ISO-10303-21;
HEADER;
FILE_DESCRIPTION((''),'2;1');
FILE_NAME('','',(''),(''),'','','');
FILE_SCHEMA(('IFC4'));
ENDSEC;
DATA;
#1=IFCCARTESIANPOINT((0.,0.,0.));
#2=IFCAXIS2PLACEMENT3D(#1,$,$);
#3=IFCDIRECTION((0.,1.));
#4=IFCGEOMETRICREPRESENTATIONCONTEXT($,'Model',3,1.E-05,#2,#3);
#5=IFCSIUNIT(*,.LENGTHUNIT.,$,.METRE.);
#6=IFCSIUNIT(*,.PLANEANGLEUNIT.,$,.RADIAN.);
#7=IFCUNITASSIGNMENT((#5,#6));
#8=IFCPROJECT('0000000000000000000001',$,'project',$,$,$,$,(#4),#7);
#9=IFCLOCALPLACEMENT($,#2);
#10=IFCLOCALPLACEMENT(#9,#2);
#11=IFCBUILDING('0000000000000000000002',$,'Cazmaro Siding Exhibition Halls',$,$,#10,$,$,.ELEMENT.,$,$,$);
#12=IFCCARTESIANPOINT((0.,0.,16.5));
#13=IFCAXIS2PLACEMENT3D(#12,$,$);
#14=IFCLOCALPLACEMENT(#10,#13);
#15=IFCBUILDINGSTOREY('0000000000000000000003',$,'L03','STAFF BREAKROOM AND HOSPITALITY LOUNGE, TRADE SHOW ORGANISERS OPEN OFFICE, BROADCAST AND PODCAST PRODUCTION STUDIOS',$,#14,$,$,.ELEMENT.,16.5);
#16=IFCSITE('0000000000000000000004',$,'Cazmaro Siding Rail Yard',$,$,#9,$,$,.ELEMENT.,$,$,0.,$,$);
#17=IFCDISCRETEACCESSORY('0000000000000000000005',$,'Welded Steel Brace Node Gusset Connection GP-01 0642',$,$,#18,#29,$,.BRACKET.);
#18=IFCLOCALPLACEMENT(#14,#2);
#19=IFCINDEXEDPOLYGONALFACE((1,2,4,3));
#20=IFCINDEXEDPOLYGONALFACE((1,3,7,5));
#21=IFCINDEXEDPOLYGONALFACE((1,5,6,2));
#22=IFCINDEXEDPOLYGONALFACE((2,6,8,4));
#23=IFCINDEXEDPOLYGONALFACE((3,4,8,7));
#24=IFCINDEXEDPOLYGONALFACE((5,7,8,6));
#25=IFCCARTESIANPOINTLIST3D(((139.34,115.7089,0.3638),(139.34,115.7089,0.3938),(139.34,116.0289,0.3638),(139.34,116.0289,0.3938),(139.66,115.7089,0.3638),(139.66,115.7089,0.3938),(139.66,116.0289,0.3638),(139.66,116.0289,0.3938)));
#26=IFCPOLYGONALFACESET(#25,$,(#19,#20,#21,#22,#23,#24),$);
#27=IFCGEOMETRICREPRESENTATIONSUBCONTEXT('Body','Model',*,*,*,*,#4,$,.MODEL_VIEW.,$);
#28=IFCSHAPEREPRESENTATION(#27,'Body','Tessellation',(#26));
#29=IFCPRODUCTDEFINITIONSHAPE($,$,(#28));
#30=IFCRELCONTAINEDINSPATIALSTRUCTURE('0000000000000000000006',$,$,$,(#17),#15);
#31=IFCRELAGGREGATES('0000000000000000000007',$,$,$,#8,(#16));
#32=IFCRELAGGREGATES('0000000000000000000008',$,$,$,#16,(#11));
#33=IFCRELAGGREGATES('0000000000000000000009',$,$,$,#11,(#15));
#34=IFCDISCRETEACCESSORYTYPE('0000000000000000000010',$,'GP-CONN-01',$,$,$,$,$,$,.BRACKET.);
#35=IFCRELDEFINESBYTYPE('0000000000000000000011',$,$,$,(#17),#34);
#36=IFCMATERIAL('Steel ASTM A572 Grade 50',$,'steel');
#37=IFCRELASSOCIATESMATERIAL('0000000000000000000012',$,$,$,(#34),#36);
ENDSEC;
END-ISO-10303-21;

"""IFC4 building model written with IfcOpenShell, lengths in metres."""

from ifc_helpers import new_model, si_unit, direction, frame, origin, origin_2d, place, context, subcontext, project, spatial, rectangle, extrude, material, type_object, element, save


model = new_model("IFC4")

# Units and contexts
model_context = context("Model", 3, precision=1e-05, world=origin(), true_north=direction((0.0, 1.0)))
body_context = subcontext(model_context, "Body", "Model", "MODEL_VIEW")
ifc_project = project(units=[si_unit("LENGTHUNIT", "METRE"), si_unit("PLANEANGLEUNIT", "RADIAN")], contexts=[model_context])

# Site, building, storey
site_placement = place(None, origin())
site = spatial("IfcSite", under=ifc_project, at=site_placement, Name="Cazmaro Siding Rail Yard", CompositionType="ELEMENT", RefElevation=0.0)
building_placement = place(site_placement, origin())
building = spatial("IfcBuilding", under=site, at=building_placement, Name="Cazmaro Siding Exhibition Halls", CompositionType="ELEMENT")
storey_placement = place(building_placement, frame((0.0, 0.0, 16.5)))
storey = spatial("IfcBuildingStorey", under=building, at=storey_placement, Name="L03", Description="STAFF BREAKROOM AND HOSPITALITY LOUNGE, TRADE SHOW ORGANISERS OPEN OFFICE, BROADCAST AND PODCAST PRODUCTION STUDIOS", CompositionType="ELEMENT", Elevation=16.5)

# Discrete accessory
ifc_material_1 = material(Name="Steel ASTM A572 Grade 50", Category="steel")
discrete_accessory_type = type_object("IfcDiscreteAccessoryType", Name="GP-CONN-01", PredefinedType="BRACKET", material=ifc_material_1)
for number, where, z_axis, x_axis, name in (
    (1, (139.5, 115.8689, 0.3638), (0.0, 0.0, 1.0), (1.0, 0.0, 0.0), "Welded Steel Brace Node Gusset Connection GP-01 0642"),
):
    element("IfcDiscreteAccessory", number, at=place(storey_placement, frame(where, z_axis=z_axis, x_axis=x_axis)), inside=storey, type_object=discrete_accessory_type, Name=name, PredefinedType="BRACKET", context=body_context, shape_type="SweptSolid", body=[
        extrude(rectangle(XDim=0.3201, YDim=0.3201, at=origin_2d()), origin(), (0.0, 0.0, 1.0), 0.03),
    ])

save(model, "model.ifc")
